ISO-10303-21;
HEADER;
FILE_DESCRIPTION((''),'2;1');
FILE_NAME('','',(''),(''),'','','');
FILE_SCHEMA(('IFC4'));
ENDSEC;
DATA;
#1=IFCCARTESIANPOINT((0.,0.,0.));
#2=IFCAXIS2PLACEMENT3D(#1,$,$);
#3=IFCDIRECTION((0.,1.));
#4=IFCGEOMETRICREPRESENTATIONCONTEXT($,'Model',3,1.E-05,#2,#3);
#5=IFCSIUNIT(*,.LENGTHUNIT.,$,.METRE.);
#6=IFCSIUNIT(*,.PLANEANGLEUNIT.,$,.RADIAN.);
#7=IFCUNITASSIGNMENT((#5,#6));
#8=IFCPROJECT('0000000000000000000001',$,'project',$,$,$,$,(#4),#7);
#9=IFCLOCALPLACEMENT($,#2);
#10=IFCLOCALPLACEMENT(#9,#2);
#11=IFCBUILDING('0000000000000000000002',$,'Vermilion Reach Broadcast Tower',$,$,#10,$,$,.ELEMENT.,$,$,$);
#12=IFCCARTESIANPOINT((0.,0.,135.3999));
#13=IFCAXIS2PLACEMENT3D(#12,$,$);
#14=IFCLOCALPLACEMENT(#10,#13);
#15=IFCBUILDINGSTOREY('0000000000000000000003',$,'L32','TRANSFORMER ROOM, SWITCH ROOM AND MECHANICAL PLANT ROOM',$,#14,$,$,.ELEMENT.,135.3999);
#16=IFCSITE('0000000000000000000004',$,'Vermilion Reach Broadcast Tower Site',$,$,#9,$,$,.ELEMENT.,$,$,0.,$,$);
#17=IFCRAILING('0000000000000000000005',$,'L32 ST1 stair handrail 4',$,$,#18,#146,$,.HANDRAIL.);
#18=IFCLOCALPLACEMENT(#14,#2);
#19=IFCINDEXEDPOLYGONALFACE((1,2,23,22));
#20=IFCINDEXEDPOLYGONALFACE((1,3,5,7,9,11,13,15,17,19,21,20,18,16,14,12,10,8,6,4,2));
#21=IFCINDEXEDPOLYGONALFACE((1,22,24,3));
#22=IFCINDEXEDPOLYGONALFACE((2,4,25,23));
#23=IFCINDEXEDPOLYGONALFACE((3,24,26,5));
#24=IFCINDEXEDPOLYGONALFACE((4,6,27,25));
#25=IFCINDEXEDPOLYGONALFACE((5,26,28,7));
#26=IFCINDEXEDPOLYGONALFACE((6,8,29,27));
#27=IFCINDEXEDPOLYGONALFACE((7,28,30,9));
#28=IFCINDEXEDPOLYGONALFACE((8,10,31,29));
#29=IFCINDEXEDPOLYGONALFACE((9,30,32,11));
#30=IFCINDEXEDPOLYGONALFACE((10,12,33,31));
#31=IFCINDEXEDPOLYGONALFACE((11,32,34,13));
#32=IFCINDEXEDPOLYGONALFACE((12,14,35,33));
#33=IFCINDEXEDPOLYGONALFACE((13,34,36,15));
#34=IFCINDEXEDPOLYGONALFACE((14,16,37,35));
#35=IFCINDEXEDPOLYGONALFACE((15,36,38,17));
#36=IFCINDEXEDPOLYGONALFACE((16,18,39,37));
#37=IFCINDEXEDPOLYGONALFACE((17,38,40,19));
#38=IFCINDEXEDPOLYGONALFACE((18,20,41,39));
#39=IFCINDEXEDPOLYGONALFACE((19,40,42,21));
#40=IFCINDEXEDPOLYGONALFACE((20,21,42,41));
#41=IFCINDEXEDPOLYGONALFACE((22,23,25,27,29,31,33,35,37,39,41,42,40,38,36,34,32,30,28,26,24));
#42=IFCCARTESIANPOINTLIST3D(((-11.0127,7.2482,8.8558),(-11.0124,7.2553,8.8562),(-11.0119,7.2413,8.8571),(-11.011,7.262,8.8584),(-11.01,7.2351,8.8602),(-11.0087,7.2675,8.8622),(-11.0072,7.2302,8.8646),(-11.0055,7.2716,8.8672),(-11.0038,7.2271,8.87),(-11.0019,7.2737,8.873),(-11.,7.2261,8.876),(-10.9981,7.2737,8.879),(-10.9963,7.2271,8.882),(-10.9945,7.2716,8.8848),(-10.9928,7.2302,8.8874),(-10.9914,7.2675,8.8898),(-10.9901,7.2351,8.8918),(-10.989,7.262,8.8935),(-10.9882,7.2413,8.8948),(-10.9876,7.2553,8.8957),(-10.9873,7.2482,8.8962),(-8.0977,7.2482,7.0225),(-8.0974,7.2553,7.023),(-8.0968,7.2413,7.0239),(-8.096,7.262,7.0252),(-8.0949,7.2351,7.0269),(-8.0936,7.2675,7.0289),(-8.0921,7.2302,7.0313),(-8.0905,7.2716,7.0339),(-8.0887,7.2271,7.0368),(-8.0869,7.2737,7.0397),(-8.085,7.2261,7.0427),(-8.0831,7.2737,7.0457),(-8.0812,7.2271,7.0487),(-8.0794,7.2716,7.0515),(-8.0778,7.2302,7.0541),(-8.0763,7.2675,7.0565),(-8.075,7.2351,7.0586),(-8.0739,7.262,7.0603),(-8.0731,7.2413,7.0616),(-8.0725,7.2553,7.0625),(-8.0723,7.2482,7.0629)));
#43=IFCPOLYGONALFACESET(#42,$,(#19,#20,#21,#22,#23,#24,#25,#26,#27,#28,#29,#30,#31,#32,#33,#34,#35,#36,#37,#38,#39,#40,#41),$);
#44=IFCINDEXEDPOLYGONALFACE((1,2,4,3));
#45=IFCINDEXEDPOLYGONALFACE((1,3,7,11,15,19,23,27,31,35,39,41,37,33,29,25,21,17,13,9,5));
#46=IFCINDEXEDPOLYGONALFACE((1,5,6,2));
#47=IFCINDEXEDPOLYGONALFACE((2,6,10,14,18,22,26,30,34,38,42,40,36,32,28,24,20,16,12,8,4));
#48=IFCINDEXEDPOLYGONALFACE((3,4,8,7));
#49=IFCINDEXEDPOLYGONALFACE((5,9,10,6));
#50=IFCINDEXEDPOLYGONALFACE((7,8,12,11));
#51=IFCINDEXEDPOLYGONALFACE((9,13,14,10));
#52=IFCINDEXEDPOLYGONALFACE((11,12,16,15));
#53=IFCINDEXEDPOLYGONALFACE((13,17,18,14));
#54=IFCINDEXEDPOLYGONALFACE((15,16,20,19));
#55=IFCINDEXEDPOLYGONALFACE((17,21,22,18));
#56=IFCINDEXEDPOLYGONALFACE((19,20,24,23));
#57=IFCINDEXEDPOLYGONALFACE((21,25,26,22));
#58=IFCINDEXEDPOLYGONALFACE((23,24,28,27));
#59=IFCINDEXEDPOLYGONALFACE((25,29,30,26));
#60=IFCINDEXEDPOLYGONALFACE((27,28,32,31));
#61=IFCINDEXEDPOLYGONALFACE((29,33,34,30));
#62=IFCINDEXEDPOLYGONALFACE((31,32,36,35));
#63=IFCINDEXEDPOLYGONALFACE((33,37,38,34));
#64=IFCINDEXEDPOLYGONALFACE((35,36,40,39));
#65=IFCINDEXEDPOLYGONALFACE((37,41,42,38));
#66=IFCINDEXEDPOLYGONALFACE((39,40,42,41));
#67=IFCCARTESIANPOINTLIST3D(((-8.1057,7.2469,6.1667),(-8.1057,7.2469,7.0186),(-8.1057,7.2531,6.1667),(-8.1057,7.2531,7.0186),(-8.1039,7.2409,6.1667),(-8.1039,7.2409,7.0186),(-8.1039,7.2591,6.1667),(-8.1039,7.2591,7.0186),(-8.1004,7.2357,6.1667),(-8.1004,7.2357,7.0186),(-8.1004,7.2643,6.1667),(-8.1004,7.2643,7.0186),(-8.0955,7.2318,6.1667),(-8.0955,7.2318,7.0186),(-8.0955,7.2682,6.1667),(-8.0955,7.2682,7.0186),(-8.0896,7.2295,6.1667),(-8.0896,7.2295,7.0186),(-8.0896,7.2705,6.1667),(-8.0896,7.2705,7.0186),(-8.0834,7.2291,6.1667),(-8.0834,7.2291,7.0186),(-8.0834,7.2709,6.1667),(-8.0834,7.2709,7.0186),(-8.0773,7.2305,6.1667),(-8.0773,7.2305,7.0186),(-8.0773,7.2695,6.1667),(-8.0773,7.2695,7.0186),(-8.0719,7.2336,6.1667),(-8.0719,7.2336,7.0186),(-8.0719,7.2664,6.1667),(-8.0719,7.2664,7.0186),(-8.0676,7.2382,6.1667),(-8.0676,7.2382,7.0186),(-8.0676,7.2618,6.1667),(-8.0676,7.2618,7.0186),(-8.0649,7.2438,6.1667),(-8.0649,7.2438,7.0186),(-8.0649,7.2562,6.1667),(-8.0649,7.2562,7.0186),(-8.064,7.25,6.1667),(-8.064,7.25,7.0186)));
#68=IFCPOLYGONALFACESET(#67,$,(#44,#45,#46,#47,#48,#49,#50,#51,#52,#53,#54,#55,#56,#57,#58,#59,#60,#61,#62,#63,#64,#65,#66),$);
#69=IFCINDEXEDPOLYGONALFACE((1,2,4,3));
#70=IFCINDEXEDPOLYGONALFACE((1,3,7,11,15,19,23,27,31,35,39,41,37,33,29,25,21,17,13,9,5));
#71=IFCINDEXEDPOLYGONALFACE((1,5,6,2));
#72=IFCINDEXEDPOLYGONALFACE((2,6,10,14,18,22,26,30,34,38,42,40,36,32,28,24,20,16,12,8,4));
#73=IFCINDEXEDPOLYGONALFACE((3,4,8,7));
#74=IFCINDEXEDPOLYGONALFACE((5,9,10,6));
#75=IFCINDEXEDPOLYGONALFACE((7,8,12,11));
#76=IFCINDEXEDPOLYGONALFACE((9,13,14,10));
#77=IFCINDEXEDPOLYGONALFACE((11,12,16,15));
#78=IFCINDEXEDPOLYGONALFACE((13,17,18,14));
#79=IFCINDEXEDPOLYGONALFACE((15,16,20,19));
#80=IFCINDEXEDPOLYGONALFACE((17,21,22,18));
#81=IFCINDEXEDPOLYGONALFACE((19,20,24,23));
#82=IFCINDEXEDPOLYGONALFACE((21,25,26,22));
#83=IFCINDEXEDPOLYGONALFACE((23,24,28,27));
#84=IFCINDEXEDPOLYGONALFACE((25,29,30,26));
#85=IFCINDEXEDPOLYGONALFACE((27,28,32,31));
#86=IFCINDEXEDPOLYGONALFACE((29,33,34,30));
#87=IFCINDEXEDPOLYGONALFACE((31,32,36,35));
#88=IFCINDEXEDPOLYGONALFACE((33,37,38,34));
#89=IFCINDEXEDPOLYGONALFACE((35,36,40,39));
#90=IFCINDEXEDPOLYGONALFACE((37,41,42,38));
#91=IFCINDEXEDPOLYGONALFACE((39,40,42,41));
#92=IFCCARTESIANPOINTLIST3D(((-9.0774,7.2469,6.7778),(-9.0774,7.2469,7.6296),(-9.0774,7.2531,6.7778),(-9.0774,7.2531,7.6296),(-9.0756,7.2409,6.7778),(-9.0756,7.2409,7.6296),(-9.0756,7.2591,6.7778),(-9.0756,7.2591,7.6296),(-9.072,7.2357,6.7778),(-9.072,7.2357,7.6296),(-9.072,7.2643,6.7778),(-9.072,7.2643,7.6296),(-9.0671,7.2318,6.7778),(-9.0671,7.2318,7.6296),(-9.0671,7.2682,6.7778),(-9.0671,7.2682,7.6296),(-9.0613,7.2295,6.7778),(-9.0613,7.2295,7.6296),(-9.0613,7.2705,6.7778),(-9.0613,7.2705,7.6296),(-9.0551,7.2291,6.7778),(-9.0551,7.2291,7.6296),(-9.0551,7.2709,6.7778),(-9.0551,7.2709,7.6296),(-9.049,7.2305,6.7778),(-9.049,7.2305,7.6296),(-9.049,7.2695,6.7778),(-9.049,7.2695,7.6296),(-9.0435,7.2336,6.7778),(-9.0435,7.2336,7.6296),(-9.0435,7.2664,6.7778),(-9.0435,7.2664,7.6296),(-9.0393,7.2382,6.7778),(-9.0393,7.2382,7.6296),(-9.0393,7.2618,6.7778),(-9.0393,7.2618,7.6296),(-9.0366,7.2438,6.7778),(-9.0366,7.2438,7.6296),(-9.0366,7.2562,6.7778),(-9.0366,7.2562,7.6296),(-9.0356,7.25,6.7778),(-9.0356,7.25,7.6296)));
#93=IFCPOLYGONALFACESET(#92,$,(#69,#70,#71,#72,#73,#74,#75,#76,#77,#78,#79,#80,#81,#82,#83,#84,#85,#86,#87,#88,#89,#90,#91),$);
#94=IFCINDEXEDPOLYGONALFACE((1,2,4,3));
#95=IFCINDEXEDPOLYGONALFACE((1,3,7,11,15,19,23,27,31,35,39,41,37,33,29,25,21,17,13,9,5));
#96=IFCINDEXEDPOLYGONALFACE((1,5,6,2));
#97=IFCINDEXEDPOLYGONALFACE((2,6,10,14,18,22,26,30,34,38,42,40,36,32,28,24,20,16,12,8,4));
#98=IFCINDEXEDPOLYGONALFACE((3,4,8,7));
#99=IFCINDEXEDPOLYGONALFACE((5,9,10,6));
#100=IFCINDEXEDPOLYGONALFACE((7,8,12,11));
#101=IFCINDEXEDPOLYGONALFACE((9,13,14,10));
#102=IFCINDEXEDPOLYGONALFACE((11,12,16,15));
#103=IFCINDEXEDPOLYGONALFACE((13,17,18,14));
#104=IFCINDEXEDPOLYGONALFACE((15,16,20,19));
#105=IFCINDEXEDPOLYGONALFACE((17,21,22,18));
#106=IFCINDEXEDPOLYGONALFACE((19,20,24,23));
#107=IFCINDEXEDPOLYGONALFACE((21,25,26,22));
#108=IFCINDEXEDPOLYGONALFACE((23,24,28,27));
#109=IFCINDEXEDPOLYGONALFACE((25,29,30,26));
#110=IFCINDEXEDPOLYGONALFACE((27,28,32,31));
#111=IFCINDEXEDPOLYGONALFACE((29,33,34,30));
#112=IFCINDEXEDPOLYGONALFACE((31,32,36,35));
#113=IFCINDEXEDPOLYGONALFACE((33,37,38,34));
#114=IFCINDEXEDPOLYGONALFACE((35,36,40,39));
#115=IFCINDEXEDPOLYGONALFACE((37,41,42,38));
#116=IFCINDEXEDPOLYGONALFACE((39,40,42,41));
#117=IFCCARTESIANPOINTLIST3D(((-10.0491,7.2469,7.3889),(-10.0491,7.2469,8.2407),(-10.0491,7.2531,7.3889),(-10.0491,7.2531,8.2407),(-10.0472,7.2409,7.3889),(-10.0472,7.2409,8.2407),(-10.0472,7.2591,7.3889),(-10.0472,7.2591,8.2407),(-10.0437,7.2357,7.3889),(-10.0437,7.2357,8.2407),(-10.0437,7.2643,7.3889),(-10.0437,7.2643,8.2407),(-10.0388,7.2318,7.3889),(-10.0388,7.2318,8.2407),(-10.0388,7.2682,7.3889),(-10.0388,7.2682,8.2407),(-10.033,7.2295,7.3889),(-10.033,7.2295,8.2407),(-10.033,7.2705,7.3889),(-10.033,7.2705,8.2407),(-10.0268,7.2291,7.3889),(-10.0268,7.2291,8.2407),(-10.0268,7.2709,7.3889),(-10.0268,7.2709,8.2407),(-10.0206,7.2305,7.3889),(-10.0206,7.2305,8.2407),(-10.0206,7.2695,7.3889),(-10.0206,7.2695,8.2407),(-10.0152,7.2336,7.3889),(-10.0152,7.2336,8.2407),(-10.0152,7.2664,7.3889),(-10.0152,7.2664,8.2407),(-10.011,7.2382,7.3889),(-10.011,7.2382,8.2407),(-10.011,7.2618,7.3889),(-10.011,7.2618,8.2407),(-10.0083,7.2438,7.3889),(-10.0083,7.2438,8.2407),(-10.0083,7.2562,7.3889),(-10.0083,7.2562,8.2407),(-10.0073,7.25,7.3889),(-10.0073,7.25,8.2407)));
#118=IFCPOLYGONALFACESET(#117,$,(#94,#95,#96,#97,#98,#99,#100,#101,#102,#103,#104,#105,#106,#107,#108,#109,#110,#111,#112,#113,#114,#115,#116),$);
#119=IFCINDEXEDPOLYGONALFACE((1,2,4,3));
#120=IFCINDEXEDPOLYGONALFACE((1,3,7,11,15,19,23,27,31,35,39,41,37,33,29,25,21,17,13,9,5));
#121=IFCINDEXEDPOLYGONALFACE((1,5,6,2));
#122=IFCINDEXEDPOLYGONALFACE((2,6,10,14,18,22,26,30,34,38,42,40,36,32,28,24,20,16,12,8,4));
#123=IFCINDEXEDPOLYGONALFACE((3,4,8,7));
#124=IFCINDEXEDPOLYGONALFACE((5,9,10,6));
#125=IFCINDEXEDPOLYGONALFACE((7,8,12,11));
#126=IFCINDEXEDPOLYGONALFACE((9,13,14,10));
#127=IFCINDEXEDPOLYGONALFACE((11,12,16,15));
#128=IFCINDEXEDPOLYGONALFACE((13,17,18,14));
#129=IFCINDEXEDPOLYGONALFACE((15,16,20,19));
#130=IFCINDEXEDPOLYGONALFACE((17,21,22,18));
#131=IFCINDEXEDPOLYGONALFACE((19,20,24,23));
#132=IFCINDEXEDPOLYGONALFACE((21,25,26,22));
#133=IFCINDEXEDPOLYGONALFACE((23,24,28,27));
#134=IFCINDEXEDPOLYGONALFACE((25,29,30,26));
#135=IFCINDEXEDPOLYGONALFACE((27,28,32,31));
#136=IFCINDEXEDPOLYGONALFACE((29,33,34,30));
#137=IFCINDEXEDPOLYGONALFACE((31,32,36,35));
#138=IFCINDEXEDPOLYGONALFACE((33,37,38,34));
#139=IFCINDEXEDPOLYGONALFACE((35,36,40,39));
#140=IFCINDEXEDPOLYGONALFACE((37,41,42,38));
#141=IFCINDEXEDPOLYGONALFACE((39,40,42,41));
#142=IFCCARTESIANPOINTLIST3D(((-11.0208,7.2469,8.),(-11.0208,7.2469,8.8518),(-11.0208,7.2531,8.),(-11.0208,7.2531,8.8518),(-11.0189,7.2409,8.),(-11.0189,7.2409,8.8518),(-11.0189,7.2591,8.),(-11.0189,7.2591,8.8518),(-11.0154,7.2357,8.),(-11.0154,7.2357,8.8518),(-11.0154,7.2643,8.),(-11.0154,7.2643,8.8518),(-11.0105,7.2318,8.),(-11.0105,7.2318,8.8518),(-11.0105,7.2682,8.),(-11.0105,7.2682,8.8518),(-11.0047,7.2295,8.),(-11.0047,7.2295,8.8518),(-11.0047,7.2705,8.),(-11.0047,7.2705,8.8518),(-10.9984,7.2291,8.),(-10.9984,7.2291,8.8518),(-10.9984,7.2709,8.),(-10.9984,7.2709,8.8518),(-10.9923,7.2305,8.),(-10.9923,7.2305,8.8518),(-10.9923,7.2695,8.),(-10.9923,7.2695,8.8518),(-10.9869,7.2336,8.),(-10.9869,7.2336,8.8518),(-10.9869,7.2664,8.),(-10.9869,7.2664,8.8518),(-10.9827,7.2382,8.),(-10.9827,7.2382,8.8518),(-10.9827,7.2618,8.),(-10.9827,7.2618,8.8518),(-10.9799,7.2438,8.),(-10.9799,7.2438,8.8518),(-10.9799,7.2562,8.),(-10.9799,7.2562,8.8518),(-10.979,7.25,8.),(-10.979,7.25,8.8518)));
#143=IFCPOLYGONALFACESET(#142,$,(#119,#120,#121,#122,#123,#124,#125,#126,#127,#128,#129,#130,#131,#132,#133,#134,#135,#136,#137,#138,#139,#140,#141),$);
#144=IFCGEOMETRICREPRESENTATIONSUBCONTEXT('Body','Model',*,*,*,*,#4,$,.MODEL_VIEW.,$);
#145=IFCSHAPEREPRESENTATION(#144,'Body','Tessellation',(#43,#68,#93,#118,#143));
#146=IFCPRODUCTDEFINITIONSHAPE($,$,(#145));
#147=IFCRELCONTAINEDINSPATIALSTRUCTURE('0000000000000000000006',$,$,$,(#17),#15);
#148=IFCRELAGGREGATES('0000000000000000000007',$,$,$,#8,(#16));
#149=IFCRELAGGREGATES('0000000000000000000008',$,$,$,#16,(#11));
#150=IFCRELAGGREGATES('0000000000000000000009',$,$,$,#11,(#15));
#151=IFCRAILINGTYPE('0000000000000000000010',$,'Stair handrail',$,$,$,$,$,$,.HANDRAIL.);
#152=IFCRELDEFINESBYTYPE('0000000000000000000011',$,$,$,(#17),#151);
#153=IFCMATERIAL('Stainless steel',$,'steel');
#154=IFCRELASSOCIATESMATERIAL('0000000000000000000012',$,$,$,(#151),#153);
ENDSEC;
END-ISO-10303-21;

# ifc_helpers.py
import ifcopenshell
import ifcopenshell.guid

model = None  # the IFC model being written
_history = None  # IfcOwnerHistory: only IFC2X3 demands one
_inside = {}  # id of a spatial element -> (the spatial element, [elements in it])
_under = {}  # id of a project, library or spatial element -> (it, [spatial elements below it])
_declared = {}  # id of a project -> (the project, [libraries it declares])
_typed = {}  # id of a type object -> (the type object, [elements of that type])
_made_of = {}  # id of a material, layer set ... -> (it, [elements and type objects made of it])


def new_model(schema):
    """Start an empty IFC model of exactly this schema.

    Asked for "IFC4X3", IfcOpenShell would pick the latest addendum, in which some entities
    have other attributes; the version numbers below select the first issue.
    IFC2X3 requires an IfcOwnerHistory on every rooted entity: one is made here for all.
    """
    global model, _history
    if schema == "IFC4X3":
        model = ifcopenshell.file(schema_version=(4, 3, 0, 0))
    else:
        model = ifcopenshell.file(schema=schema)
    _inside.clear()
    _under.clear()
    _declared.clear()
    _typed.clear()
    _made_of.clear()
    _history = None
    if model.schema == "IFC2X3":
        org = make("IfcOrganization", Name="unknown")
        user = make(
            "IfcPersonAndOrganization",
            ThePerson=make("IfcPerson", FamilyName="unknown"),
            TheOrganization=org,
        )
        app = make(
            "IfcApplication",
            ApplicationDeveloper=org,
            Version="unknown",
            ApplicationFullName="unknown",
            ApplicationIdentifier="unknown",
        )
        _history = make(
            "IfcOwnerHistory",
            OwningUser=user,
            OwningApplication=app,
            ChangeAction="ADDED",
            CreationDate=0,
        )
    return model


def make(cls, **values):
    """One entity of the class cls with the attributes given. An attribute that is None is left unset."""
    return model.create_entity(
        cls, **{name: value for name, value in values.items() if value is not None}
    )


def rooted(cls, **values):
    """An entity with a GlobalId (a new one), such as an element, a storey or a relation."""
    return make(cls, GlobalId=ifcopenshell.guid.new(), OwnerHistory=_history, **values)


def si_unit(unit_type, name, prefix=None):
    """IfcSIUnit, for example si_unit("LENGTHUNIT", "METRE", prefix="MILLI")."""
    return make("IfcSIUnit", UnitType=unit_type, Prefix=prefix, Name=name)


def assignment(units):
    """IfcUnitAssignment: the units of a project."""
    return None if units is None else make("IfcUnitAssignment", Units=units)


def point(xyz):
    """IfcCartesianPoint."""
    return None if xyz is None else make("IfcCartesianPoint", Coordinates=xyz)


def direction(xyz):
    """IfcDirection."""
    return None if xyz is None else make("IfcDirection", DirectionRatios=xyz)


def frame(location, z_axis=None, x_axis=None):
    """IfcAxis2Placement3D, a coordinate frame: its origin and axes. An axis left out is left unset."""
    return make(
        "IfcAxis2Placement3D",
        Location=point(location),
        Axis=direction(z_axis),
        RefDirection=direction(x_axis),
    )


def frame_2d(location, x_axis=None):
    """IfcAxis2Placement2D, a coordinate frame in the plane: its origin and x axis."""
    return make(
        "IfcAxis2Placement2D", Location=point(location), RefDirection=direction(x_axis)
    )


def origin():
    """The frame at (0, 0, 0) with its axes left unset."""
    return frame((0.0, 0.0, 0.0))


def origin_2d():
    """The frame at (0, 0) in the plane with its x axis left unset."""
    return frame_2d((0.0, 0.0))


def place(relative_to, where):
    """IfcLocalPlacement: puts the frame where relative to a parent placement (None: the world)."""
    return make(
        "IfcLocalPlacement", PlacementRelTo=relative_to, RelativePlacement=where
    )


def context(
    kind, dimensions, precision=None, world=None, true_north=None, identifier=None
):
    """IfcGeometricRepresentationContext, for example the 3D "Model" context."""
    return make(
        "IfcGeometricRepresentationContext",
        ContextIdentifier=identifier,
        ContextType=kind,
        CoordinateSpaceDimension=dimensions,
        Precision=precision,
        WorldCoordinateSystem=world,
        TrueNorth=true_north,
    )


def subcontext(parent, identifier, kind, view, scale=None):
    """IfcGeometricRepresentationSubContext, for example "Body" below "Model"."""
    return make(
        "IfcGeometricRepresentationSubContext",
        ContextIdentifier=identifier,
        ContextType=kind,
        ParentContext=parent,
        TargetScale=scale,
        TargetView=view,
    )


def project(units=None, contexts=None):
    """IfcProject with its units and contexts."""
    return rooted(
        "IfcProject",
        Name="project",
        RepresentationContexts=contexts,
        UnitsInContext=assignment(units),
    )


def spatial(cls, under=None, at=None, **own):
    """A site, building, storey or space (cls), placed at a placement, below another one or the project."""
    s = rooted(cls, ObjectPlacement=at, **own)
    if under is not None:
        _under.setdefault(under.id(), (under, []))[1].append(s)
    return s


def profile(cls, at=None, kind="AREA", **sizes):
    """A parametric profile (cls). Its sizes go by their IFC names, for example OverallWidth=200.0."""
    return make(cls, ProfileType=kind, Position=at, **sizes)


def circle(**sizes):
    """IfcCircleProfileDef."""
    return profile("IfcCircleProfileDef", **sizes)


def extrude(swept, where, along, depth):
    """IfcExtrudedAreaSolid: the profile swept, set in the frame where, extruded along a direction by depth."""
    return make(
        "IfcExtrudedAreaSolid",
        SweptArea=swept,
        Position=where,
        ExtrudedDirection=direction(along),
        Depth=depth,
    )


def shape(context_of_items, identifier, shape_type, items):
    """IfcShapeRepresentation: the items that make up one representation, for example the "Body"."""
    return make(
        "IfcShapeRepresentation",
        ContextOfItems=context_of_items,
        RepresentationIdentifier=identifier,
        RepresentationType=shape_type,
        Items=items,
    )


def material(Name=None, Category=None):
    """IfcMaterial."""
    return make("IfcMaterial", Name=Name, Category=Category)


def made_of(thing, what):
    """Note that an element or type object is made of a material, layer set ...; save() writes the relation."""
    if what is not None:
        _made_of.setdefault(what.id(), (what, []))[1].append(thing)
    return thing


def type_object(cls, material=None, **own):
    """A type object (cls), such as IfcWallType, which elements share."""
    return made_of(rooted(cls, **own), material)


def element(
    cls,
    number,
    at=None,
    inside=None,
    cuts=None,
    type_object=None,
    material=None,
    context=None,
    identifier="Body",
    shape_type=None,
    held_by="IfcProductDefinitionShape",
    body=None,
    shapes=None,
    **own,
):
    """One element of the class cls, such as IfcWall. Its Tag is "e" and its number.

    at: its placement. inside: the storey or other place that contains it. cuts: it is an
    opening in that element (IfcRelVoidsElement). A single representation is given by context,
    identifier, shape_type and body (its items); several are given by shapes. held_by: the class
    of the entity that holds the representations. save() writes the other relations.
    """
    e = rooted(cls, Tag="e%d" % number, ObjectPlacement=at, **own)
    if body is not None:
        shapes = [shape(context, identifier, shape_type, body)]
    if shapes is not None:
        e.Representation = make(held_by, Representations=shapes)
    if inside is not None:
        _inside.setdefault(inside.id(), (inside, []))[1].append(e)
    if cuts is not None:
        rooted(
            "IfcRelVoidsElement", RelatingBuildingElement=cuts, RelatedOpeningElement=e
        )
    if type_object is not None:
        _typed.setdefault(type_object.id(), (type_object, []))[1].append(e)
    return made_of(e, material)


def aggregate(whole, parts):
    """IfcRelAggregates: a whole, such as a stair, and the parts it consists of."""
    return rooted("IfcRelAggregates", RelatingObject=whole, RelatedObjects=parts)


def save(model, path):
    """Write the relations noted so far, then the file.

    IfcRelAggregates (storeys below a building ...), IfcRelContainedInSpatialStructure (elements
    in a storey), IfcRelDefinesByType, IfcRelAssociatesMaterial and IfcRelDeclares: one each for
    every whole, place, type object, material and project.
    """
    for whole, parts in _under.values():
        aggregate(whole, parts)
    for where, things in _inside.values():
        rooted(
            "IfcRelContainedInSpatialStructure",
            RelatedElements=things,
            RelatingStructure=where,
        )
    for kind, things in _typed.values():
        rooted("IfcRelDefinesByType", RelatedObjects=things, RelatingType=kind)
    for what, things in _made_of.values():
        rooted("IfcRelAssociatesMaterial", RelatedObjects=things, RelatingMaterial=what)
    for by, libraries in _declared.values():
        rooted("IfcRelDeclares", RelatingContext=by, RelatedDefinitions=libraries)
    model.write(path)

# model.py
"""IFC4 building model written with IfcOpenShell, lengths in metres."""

from ifc_helpers import new_model, si_unit, direction, frame, origin, origin_2d, place, context, subcontext, project, spatial, circle, extrude, material, type_object, element, save


model = new_model("IFC4")

# Units and contexts
model_context = context("Model", 3, precision=1e-05, world=origin(), true_north=direction((0.0, 1.0)))
body_context = subcontext(model_context, "Body", "Model", "MODEL_VIEW")
ifc_project = project(units=[si_unit("LENGTHUNIT", "METRE"), si_unit("PLANEANGLEUNIT", "RADIAN")], contexts=[model_context])

# Site, building, storey
site_placement = place(None, origin())
site = spatial("IfcSite", under=ifc_project, at=site_placement, Name="Vermilion Reach Broadcast Tower Site", CompositionType="ELEMENT", RefElevation=0.0)
building_placement = place(site_placement, origin())
building = spatial("IfcBuilding", under=site, at=building_placement, Name="Vermilion Reach Broadcast Tower", CompositionType="ELEMENT")
storey_placement = place(building_placement, frame((0.0, 0.0, 135.3999)))
storey = spatial("IfcBuildingStorey", under=building, at=storey_placement, Name="L32", Description="TRANSFORMER ROOM, SWITCH ROOM AND MECHANICAL PLANT ROOM", CompositionType="ELEMENT", Elevation=135.3999)

# Railing
ifc_material_1 = material(Name="Stainless steel", Category="steel")
railing_type_1 = type_object("IfcRailingType", Name="Stair handrail", PredefinedType="HANDRAIL", material=ifc_material_1)
railing_1_placement = place(storey_placement, frame((-8.085, 7.25, 6.1667)))
element("IfcRailing", 1, at=railing_1_placement, inside=storey, type_object=railing_type_1, Name="L32 ST1 stair handrail 4", PredefinedType="HANDRAIL", context=body_context, shape_type="SweptSolid", body=[
    extrude(circle(Radius=0.0239, at=origin_2d()), frame((0.0, 0.0, 0.876), z_axis=(-0.846513, 0.0, 0.532368), x_axis=(0.0, -1.0, 0.0)), (0.0, 0.0, 1.0), 3.4436),
    extrude(circle(Radius=0.021, at=origin_2d()), origin(), (0.0, 0.0, 1.0), 0.8518),
    extrude(circle(Radius=0.021, at=origin_2d()), frame((-0.9717, 0.0, 0.6111)), (0.0, 0.0, 1.0), 0.8518),
    extrude(circle(Radius=0.021, at=origin_2d()), frame((-1.9434, 0.0, 1.2222)), (0.0, 0.0, 1.0), 0.8518),
    extrude(circle(Radius=0.021, at=origin_2d()), frame((-2.915, 0.0, 1.8333)), (0.0, 0.0, 1.0), 0.8518),
])

save(model, "model.ifc")
